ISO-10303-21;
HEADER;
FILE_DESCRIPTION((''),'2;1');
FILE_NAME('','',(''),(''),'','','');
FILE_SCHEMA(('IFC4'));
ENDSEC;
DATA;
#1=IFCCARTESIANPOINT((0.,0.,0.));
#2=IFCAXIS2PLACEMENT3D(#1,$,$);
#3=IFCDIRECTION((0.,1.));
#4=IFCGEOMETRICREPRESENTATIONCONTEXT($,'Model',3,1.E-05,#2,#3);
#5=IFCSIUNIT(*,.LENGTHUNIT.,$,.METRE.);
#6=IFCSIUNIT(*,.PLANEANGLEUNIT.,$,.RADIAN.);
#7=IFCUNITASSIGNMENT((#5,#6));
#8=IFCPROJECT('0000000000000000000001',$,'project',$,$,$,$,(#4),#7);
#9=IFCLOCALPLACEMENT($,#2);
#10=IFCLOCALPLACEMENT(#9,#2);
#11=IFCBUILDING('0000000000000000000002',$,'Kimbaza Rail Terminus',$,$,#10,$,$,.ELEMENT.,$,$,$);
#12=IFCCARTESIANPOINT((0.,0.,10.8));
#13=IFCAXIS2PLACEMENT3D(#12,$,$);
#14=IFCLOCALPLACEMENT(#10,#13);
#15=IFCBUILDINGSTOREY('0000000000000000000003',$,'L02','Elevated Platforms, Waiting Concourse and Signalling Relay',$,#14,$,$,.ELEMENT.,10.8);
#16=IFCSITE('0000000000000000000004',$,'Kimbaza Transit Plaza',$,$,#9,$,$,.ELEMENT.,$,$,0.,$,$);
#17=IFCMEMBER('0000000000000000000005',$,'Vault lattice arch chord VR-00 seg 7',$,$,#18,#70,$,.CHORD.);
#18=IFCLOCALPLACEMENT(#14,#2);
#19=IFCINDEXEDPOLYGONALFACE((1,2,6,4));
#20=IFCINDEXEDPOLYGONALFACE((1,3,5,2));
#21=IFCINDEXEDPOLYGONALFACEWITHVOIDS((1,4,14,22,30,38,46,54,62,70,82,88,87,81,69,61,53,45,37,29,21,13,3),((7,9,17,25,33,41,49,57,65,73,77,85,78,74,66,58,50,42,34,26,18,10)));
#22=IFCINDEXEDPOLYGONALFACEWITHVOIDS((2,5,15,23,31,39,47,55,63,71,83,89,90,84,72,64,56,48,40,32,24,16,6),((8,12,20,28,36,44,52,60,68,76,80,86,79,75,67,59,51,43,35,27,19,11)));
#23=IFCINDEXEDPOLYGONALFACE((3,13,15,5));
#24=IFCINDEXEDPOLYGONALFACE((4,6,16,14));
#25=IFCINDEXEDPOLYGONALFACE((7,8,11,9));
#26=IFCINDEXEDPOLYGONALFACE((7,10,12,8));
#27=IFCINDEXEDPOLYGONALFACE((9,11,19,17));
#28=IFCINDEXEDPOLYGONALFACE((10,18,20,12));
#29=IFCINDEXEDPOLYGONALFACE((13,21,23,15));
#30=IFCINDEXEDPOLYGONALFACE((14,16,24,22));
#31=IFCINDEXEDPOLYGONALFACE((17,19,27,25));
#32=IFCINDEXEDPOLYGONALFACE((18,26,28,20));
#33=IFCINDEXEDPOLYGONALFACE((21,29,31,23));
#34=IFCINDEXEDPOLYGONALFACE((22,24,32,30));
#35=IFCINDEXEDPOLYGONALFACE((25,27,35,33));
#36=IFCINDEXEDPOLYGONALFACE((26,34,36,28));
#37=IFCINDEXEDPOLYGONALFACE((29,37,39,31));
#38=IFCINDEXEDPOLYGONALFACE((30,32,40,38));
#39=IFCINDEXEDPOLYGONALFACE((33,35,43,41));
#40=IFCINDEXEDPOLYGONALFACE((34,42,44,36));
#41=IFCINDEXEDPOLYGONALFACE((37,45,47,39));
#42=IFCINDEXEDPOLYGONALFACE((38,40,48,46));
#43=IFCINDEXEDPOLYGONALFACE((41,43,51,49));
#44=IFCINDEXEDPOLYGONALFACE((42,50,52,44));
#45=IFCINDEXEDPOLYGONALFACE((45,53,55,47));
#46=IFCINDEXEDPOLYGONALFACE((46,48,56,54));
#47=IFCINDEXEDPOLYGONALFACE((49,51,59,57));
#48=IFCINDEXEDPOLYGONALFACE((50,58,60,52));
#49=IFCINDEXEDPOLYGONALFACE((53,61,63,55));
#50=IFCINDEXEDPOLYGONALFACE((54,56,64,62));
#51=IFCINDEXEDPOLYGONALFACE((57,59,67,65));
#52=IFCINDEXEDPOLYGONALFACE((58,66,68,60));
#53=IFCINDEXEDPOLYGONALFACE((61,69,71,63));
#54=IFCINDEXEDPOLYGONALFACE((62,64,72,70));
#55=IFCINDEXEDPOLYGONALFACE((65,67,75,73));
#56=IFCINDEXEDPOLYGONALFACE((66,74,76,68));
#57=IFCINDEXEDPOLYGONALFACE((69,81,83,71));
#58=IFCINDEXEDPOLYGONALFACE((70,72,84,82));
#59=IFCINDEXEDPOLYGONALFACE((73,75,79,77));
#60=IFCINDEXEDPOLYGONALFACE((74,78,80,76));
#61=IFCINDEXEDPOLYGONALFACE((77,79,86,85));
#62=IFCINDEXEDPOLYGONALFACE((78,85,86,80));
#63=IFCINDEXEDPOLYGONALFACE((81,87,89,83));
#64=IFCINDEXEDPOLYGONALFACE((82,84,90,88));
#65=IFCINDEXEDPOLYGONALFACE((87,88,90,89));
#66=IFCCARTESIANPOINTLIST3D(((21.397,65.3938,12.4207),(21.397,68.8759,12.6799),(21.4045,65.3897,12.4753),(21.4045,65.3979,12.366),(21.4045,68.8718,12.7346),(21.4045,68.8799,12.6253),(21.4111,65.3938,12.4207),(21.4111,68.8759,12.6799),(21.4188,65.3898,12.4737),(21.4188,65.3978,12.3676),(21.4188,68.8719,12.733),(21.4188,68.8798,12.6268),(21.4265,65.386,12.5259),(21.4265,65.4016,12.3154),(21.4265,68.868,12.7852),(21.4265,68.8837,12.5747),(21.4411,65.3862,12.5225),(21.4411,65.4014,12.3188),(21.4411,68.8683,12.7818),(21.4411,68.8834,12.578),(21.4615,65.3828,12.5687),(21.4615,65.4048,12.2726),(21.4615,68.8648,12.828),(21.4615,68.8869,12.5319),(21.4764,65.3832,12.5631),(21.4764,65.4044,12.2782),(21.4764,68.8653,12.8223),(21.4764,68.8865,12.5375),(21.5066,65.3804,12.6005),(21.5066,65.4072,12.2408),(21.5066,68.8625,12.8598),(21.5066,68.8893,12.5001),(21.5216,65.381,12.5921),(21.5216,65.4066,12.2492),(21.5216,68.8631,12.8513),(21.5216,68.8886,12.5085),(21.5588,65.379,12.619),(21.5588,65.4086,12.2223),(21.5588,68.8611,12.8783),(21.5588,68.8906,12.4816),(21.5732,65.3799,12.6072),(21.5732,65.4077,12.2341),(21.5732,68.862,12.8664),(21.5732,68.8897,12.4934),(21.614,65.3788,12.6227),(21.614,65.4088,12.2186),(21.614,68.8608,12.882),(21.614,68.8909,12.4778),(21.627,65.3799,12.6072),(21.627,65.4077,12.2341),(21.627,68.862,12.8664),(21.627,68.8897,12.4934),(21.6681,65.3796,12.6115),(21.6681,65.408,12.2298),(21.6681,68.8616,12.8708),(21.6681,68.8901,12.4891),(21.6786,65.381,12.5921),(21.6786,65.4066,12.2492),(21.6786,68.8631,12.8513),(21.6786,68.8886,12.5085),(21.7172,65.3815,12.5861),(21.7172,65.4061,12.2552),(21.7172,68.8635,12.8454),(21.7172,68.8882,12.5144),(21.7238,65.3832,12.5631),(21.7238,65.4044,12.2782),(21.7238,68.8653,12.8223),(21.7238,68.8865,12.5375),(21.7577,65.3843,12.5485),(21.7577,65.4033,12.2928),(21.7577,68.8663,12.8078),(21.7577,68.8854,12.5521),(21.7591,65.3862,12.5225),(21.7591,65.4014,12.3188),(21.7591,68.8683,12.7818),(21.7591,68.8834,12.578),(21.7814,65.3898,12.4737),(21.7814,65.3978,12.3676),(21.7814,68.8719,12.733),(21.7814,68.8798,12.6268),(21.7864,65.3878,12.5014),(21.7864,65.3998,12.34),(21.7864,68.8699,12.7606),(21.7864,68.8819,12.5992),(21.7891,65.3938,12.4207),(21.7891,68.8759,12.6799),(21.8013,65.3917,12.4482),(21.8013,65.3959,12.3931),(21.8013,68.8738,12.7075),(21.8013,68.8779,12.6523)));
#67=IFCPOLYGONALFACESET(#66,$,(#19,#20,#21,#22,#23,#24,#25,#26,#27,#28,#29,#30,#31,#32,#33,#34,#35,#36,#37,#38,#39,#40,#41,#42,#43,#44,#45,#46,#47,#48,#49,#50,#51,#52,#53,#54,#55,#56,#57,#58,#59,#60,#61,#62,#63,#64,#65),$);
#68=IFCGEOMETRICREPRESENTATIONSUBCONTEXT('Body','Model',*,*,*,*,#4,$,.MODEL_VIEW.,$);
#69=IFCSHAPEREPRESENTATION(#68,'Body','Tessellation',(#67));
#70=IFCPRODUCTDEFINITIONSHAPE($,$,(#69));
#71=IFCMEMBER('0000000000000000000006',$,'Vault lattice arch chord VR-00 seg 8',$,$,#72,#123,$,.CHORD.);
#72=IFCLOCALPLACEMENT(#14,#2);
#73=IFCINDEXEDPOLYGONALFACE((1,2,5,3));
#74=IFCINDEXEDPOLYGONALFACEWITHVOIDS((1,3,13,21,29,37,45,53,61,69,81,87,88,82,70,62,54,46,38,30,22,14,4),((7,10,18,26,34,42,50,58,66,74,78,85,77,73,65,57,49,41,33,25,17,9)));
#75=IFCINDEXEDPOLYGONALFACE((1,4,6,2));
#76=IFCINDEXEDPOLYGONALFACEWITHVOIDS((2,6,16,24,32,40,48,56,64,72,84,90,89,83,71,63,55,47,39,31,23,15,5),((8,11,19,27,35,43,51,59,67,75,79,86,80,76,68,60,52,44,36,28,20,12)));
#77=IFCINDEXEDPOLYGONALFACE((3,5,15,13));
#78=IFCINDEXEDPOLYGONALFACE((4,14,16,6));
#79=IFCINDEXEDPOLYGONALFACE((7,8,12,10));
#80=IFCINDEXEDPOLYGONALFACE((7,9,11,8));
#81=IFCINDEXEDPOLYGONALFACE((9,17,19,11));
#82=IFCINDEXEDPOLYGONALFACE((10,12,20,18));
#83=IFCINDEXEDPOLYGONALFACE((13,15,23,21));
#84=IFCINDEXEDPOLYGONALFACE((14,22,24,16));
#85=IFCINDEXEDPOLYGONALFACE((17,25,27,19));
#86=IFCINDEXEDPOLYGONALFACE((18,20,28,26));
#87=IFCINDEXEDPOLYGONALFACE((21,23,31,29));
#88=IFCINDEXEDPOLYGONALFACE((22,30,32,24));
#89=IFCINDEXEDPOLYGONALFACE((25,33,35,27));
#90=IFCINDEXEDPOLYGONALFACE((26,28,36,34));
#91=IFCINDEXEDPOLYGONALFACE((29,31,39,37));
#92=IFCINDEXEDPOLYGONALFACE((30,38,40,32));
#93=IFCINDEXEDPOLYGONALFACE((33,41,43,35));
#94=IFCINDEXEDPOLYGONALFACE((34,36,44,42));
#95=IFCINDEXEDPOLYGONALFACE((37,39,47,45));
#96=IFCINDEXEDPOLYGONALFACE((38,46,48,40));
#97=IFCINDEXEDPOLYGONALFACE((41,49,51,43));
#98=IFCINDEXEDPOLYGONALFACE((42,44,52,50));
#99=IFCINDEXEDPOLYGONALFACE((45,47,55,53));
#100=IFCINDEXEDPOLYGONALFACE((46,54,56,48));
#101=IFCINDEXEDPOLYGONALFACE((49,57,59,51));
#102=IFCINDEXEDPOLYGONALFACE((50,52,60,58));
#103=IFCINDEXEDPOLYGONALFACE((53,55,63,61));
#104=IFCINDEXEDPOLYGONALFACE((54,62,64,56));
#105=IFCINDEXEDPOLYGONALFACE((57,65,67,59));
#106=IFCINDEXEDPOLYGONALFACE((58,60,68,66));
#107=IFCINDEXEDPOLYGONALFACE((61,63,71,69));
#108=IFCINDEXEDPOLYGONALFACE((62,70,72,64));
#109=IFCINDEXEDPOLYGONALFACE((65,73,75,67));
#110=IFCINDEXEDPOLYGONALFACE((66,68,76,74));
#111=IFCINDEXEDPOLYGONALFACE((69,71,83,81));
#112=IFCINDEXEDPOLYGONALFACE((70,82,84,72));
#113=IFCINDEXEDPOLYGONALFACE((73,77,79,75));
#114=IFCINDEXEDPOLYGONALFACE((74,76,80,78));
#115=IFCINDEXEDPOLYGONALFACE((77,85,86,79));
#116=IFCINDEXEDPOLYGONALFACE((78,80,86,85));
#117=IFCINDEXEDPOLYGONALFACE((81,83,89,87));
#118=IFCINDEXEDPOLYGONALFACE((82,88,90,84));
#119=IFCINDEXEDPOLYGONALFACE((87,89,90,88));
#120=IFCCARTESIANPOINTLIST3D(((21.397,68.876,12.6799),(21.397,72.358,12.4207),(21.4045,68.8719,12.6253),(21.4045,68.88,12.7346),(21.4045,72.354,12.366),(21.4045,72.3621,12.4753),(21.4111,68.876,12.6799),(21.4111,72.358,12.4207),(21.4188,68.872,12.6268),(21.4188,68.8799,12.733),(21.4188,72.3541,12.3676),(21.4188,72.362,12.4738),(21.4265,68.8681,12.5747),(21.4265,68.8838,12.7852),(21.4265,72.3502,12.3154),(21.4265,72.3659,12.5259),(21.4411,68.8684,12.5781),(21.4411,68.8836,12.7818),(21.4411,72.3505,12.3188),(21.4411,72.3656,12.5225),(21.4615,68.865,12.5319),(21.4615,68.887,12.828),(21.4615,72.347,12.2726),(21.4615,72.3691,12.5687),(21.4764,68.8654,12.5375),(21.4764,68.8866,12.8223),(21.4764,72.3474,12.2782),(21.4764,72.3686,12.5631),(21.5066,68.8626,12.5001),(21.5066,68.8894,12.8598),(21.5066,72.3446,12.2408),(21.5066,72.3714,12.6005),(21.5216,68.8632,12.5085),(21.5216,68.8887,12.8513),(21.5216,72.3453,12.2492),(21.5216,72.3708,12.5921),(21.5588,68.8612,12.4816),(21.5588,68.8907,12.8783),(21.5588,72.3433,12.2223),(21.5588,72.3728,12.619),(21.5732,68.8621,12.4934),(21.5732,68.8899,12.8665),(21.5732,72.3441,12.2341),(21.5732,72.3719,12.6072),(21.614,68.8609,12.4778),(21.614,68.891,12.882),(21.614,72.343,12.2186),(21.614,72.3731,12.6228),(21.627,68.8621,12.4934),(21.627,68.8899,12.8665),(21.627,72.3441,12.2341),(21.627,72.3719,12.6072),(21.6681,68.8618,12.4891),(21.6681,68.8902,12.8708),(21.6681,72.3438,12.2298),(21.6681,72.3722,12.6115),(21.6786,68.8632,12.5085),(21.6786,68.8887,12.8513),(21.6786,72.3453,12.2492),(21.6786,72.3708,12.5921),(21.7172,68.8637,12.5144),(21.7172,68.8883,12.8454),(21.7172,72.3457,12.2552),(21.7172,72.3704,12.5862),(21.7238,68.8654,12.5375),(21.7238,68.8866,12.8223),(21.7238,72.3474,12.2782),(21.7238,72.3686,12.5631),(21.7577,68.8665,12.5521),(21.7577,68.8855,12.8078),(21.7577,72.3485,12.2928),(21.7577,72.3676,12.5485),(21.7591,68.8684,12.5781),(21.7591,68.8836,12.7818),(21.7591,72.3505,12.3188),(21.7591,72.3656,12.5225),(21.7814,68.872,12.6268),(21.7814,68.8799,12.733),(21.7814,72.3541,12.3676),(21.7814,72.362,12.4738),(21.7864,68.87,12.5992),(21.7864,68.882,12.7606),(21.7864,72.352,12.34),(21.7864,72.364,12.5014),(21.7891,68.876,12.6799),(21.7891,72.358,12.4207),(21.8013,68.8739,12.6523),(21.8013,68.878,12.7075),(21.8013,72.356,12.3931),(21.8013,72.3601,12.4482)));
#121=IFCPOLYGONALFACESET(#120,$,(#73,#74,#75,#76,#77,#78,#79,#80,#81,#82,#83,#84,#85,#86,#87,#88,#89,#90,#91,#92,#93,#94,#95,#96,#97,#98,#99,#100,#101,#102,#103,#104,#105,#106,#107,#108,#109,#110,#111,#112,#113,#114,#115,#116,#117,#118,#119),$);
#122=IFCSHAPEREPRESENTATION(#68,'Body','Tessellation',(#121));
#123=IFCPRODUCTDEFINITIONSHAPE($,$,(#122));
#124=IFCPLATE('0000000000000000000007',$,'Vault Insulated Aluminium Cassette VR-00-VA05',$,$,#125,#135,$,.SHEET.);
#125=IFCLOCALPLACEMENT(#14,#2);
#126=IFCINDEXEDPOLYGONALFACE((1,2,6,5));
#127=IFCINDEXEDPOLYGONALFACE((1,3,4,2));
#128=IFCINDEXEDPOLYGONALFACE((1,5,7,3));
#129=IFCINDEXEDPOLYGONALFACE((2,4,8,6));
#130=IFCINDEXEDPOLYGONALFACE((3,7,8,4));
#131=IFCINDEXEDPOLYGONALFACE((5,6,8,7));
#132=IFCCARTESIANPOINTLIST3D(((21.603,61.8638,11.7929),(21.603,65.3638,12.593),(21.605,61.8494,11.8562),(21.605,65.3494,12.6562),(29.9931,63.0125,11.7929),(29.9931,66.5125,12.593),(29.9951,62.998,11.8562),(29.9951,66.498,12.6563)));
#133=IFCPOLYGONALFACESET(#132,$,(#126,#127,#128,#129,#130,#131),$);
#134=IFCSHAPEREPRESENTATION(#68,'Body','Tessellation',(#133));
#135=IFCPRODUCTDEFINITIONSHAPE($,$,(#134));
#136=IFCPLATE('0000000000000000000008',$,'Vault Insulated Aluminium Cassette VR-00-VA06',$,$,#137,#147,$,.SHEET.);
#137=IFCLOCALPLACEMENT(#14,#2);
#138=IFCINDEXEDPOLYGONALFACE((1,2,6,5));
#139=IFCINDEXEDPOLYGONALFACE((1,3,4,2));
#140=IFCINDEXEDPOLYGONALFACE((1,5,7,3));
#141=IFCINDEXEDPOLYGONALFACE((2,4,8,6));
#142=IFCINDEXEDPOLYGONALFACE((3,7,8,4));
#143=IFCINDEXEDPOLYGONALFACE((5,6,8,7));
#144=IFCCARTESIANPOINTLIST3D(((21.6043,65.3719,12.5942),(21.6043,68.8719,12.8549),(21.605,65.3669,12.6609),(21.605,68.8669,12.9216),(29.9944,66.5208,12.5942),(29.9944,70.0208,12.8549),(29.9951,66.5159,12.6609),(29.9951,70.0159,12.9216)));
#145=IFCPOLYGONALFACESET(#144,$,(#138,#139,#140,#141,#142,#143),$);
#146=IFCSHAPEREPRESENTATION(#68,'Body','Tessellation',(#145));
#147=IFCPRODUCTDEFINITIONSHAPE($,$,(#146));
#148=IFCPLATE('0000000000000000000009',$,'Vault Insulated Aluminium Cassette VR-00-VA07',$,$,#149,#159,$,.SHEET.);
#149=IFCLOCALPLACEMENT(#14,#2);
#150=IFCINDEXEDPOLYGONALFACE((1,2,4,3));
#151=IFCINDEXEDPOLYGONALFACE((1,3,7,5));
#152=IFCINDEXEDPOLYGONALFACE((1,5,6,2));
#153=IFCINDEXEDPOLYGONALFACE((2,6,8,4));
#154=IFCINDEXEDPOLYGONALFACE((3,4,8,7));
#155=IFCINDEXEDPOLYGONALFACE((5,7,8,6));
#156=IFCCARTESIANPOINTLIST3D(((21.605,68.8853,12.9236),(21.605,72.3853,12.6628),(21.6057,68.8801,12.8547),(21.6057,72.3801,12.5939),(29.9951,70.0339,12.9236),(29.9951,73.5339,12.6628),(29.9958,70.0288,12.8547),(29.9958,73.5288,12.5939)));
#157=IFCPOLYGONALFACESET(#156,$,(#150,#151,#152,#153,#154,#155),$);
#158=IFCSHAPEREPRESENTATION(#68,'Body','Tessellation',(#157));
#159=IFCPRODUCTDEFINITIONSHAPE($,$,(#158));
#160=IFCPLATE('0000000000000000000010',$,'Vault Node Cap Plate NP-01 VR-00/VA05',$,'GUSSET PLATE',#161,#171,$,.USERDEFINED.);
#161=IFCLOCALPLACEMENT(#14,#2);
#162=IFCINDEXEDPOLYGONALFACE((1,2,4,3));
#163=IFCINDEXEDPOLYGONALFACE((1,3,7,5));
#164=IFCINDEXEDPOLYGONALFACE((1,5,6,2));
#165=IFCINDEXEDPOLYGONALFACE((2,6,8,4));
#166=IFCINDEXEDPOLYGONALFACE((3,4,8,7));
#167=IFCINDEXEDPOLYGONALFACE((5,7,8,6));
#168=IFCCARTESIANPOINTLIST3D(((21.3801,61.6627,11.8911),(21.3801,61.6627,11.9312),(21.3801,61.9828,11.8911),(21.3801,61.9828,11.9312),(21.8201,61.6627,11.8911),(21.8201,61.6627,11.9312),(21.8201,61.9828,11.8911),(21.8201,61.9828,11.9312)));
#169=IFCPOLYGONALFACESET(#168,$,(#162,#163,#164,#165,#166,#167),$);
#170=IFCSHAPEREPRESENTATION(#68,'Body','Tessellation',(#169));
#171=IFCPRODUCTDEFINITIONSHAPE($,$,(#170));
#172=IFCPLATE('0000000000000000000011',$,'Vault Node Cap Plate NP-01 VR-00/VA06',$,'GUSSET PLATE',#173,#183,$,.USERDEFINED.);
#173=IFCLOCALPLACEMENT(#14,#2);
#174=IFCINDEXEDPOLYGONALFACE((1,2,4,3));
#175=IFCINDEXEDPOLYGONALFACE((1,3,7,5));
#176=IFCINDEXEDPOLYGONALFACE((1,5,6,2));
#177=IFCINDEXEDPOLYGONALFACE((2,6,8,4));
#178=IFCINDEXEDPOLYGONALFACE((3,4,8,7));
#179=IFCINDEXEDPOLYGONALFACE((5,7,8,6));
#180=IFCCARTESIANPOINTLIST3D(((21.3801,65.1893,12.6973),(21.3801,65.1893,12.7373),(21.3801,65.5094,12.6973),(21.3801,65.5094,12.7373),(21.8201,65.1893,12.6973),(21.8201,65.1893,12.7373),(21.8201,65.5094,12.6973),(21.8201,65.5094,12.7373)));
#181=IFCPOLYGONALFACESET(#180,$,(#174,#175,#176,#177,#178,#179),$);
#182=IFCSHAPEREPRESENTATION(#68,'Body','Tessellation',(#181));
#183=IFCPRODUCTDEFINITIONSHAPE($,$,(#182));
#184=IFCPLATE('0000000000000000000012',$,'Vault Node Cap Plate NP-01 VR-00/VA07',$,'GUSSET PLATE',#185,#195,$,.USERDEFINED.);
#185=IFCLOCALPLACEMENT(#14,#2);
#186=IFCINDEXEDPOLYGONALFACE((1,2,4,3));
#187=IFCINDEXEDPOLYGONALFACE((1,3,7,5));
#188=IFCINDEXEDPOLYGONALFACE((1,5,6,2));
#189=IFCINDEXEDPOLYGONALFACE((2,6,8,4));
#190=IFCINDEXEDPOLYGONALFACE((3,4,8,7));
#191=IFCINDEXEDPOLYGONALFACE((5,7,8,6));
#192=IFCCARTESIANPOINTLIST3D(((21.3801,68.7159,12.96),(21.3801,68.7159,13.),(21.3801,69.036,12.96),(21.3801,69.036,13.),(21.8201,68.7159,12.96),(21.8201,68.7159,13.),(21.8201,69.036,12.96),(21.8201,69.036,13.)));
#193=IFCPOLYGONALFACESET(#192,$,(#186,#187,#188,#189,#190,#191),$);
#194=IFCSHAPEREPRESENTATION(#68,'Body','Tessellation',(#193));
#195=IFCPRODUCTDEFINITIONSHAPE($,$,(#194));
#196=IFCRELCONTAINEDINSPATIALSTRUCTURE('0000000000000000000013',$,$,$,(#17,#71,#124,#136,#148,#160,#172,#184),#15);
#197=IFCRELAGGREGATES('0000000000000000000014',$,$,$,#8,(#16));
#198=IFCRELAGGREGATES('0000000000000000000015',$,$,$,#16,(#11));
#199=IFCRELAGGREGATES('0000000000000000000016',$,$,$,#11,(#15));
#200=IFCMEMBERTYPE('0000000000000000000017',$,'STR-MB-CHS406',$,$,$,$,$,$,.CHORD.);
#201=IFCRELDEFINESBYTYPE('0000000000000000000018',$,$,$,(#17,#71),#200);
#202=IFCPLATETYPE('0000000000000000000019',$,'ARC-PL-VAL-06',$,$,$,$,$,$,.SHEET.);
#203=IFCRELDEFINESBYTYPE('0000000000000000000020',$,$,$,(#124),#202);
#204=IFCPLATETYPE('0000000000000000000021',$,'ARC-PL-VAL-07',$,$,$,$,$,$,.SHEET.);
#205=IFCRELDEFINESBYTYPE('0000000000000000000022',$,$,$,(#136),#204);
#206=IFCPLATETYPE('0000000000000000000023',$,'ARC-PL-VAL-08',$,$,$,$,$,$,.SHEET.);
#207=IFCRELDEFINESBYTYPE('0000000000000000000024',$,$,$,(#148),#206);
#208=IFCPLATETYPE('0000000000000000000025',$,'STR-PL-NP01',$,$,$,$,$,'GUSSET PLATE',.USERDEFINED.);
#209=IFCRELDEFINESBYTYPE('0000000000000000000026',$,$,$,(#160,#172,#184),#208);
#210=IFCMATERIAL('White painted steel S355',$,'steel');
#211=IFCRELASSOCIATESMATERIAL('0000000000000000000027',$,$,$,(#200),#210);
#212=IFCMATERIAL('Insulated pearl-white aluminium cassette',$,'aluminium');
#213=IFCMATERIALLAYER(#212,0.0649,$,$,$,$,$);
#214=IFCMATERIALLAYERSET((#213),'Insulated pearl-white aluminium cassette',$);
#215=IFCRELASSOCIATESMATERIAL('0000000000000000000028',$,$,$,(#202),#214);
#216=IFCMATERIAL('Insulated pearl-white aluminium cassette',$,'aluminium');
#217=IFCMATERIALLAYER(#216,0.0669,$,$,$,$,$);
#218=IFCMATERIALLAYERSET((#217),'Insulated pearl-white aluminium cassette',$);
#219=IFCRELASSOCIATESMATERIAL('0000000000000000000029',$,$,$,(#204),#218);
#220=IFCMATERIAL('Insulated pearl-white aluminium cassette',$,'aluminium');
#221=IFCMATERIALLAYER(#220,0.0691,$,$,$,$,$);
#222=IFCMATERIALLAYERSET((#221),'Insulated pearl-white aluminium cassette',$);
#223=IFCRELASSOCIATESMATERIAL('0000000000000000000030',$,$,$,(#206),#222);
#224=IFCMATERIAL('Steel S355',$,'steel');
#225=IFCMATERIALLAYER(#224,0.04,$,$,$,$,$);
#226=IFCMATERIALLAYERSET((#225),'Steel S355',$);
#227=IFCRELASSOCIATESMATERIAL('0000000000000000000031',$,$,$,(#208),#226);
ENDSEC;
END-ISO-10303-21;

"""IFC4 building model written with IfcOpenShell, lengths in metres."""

from ifc_helpers import new_model, si_unit, direction, frame, origin, origin_2d, place, context, subcontext, project, spatial, polyline, rectangle, hollow_circle, outline, extrude, material, layer, layer_set, material_profile, profile_set, type_object, element, save


model = new_model("IFC4")

# Units and contexts
model_context = context("Model", 3, precision=1e-05, world=origin(), true_north=direction((0.0, 1.0)))
body_context = subcontext(model_context, "Body", "Model", "MODEL_VIEW")
ifc_project = project(units=[si_unit("LENGTHUNIT", "METRE"), si_unit("PLANEANGLEUNIT", "RADIAN")], contexts=[model_context])

# Site, building, storey
site_placement = place(None, origin())
site = spatial("IfcSite", under=ifc_project, at=site_placement, Name="Kimbaza Transit Plaza", CompositionType="ELEMENT", RefElevation=0.0)
building_placement = place(site_placement, origin())
building = spatial("IfcBuilding", under=site, at=building_placement, Name="Kimbaza Rail Terminus", CompositionType="ELEMENT")
storey_placement = place(building_placement, frame((0.0, 0.0, 10.8)))
storey = spatial("IfcBuildingStorey", under=building, at=storey_placement, Name="L02", Description="Elevated Platforms, Waiting Concourse and Signalling Relay", CompositionType="ELEMENT", Elevation=10.8)

# Members
ifc_material_1 = material(Name="White painted steel S355", Category="steel")
ifc_material_profile_1 = material_profile(ifc_material_1, hollow_circle(Radius=0.2031, WallThickness=0.0142, at=origin_2d()), Name="CHS 406.4x14.2")
ifc_profile_set_1 = profile_set([ifc_material_profile_1], Name="White painted steel S355")
member_type_1 = type_object("IfcMemberType", Name="STR-MB-CHS406", PredefinedType="CHORD", material=ifc_profile_set_1)
for number, where, z_axis, x_axis, name in (
    (1, (21.6001, 65.3938, 12.4207), (0.0, 0.997239, 0.074253), (-1.0, 0.0, 0.0), "Vault lattice arch chord VR-00 seg 7"),
    (2, (21.6001, 68.876, 12.6799), (0.0, 0.997239, -0.074253), (-1.0, 0.0, 0.0), "Vault lattice arch chord VR-00 seg 8"),
):
    element("IfcMember", number, at=place(storey_placement, frame(where, z_axis=z_axis, x_axis=x_axis)), inside=storey, type_object=member_type_1, Name=name, PredefinedType="CHORD", context=body_context, shape_type="SweptSolid", body=[
        extrude(hollow_circle(Radius=0.2031, WallThickness=0.0142, at=origin_2d()), origin(), (0.0, 0.0, 1.0), 3.4917),
    ])

# Plates
ifc_material_2 = material(Name="Insulated pearl-white aluminium cassette", Category="aluminium")
ifc_layer_1 = layer(ifc_material_2, 0.0649)
ifc_layer_set_1 = layer_set([ifc_layer_1], Name="Insulated pearl-white aluminium cassette")
plate_type_1 = type_object("IfcPlateType", Name="ARC-PL-VAL-06", PredefinedType="SHEET", material=ifc_layer_set_1)
plate_1_placement = place(storey_placement, frame((21.605, 61.8494, 11.8562), z_axis=(0.030494, -0.222734, 0.974402), x_axis=(0.990758, 0.135643, 0.0)))
element("IfcPlate", 3, at=plate_1_placement, inside=storey, type_object=plate_type_1, Name="Vault Insulated Aluminium Cassette VR-00-VA05", PredefinedType="SHEET", context=body_context, shape_type="SweptSolid", body=[
    extrude(outline(polyline([(0.0, 0.0), (8.4684, 0.0), (8.9432, 3.5587), (0.4748, 3.5587), (0.0, 0.0)])), origin(), (0.0, 0.0, -1.0), 0.0649),
])
ifc_material_3 = material(Name="Insulated pearl-white aluminium cassette", Category="aluminium")
ifc_layer_2 = layer(ifc_material_3, 0.0669)
ifc_layer_set_2 = layer_set([ifc_layer_2], Name="Insulated pearl-white aluminium cassette")
plate_type_2 = type_object("IfcPlateType", Name="ARC-PL-VAL-07", PredefinedType="SHEET", material=ifc_layer_set_2)
plate_2_placement = place(storey_placement, frame((21.605, 65.3669, 12.6609), z_axis=(0.010173, -0.074288, 0.997185), x_axis=(0.990754, 0.135672, 0.0)))
element("IfcPlate", 4, at=plate_2_placement, inside=storey, type_object=plate_type_2, Name="Vault Insulated Aluminium Cassette VR-00-VA06", PredefinedType="SHEET", context=body_context, shape_type="SweptSolid", body=[
    extrude(outline(polyline([(0.0, 0.0), (8.4684, 0.0), (8.9433, 3.4774), (0.4749, 3.4774), (0.0, 0.0)])), origin(), (0.0, 0.0, -1.0), 0.0669),
])
ifc_material_4 = material(Name="Insulated pearl-white aluminium cassette", Category="aluminium")
ifc_layer_3 = layer(ifc_material_4, 0.0691)
ifc_layer_set_3 = layer_set([ifc_layer_3], Name="Insulated pearl-white aluminium cassette")
plate_type_3 = type_object("IfcPlateType", Name="ARC-PL-VAL-08", PredefinedType="SHEET", material=ifc_layer_set_3)
plate_3_placement = place(storey_placement, frame((21.605, 68.8853, 12.9236), z_axis=(-0.010171, 0.074288, 0.997185), x_axis=(0.990758, 0.135643, 0.0)))
element("IfcPlate", 5, at=plate_3_placement, inside=storey, type_object=plate_type_3, Name="Vault Insulated Aluminium Cassette VR-00-VA07", PredefinedType="SHEET", context=body_context, shape_type="SweptSolid", body=[
    extrude(outline(polyline([(0.0, 0.0), (8.4684, 0.0), (8.9432, 3.4774), (0.4748, 3.4774), (0.0, 0.0)])), origin(), (0.0, 0.0, -1.0), 0.0691),
])
ifc_material_5 = material(Name="Steel S355", Category="steel")
ifc_layer_4 = layer(ifc_material_5, 0.04)
ifc_layer_set_4 = layer_set([ifc_layer_4], Name="Steel S355")
plate_type_4 = type_object("IfcPlateType", Name="STR-PL-NP01", ElementType="GUSSET PLATE", PredefinedType="USERDEFINED", material=ifc_layer_set_4)
for number, where, z_axis, x_axis, name in (
    (6, (21.6001, 61.8228, 11.8911), (0.0, 0.0, 1.0), (1.0, 0.0, 0.0), "Vault Node Cap Plate NP-01 VR-00/VA05"),
    (7, (21.6001, 65.3494, 12.6973), (0.0, 0.0, 1.0), (1.0, 0.0, 0.0), "Vault Node Cap Plate NP-01 VR-00/VA06"),
    (8, (21.6001, 68.876, 12.96), (0.0, 0.0, 1.0), (1.0, 0.0, 0.0), "Vault Node Cap Plate NP-01 VR-00/VA07"),
):
    element("IfcPlate", number, at=place(storey_placement, frame(where, z_axis=z_axis, x_axis=x_axis)), inside=storey, type_object=plate_type_4, Name=name, ObjectType="GUSSET PLATE", PredefinedType="USERDEFINED", context=body_context, shape_type="SweptSolid", body=[
        extrude(rectangle(XDim=0.4399, YDim=0.3201, at=origin_2d()), origin(), (0.0, 0.0, 1.0), 0.04),
    ])

save(model, "model.ifc")
